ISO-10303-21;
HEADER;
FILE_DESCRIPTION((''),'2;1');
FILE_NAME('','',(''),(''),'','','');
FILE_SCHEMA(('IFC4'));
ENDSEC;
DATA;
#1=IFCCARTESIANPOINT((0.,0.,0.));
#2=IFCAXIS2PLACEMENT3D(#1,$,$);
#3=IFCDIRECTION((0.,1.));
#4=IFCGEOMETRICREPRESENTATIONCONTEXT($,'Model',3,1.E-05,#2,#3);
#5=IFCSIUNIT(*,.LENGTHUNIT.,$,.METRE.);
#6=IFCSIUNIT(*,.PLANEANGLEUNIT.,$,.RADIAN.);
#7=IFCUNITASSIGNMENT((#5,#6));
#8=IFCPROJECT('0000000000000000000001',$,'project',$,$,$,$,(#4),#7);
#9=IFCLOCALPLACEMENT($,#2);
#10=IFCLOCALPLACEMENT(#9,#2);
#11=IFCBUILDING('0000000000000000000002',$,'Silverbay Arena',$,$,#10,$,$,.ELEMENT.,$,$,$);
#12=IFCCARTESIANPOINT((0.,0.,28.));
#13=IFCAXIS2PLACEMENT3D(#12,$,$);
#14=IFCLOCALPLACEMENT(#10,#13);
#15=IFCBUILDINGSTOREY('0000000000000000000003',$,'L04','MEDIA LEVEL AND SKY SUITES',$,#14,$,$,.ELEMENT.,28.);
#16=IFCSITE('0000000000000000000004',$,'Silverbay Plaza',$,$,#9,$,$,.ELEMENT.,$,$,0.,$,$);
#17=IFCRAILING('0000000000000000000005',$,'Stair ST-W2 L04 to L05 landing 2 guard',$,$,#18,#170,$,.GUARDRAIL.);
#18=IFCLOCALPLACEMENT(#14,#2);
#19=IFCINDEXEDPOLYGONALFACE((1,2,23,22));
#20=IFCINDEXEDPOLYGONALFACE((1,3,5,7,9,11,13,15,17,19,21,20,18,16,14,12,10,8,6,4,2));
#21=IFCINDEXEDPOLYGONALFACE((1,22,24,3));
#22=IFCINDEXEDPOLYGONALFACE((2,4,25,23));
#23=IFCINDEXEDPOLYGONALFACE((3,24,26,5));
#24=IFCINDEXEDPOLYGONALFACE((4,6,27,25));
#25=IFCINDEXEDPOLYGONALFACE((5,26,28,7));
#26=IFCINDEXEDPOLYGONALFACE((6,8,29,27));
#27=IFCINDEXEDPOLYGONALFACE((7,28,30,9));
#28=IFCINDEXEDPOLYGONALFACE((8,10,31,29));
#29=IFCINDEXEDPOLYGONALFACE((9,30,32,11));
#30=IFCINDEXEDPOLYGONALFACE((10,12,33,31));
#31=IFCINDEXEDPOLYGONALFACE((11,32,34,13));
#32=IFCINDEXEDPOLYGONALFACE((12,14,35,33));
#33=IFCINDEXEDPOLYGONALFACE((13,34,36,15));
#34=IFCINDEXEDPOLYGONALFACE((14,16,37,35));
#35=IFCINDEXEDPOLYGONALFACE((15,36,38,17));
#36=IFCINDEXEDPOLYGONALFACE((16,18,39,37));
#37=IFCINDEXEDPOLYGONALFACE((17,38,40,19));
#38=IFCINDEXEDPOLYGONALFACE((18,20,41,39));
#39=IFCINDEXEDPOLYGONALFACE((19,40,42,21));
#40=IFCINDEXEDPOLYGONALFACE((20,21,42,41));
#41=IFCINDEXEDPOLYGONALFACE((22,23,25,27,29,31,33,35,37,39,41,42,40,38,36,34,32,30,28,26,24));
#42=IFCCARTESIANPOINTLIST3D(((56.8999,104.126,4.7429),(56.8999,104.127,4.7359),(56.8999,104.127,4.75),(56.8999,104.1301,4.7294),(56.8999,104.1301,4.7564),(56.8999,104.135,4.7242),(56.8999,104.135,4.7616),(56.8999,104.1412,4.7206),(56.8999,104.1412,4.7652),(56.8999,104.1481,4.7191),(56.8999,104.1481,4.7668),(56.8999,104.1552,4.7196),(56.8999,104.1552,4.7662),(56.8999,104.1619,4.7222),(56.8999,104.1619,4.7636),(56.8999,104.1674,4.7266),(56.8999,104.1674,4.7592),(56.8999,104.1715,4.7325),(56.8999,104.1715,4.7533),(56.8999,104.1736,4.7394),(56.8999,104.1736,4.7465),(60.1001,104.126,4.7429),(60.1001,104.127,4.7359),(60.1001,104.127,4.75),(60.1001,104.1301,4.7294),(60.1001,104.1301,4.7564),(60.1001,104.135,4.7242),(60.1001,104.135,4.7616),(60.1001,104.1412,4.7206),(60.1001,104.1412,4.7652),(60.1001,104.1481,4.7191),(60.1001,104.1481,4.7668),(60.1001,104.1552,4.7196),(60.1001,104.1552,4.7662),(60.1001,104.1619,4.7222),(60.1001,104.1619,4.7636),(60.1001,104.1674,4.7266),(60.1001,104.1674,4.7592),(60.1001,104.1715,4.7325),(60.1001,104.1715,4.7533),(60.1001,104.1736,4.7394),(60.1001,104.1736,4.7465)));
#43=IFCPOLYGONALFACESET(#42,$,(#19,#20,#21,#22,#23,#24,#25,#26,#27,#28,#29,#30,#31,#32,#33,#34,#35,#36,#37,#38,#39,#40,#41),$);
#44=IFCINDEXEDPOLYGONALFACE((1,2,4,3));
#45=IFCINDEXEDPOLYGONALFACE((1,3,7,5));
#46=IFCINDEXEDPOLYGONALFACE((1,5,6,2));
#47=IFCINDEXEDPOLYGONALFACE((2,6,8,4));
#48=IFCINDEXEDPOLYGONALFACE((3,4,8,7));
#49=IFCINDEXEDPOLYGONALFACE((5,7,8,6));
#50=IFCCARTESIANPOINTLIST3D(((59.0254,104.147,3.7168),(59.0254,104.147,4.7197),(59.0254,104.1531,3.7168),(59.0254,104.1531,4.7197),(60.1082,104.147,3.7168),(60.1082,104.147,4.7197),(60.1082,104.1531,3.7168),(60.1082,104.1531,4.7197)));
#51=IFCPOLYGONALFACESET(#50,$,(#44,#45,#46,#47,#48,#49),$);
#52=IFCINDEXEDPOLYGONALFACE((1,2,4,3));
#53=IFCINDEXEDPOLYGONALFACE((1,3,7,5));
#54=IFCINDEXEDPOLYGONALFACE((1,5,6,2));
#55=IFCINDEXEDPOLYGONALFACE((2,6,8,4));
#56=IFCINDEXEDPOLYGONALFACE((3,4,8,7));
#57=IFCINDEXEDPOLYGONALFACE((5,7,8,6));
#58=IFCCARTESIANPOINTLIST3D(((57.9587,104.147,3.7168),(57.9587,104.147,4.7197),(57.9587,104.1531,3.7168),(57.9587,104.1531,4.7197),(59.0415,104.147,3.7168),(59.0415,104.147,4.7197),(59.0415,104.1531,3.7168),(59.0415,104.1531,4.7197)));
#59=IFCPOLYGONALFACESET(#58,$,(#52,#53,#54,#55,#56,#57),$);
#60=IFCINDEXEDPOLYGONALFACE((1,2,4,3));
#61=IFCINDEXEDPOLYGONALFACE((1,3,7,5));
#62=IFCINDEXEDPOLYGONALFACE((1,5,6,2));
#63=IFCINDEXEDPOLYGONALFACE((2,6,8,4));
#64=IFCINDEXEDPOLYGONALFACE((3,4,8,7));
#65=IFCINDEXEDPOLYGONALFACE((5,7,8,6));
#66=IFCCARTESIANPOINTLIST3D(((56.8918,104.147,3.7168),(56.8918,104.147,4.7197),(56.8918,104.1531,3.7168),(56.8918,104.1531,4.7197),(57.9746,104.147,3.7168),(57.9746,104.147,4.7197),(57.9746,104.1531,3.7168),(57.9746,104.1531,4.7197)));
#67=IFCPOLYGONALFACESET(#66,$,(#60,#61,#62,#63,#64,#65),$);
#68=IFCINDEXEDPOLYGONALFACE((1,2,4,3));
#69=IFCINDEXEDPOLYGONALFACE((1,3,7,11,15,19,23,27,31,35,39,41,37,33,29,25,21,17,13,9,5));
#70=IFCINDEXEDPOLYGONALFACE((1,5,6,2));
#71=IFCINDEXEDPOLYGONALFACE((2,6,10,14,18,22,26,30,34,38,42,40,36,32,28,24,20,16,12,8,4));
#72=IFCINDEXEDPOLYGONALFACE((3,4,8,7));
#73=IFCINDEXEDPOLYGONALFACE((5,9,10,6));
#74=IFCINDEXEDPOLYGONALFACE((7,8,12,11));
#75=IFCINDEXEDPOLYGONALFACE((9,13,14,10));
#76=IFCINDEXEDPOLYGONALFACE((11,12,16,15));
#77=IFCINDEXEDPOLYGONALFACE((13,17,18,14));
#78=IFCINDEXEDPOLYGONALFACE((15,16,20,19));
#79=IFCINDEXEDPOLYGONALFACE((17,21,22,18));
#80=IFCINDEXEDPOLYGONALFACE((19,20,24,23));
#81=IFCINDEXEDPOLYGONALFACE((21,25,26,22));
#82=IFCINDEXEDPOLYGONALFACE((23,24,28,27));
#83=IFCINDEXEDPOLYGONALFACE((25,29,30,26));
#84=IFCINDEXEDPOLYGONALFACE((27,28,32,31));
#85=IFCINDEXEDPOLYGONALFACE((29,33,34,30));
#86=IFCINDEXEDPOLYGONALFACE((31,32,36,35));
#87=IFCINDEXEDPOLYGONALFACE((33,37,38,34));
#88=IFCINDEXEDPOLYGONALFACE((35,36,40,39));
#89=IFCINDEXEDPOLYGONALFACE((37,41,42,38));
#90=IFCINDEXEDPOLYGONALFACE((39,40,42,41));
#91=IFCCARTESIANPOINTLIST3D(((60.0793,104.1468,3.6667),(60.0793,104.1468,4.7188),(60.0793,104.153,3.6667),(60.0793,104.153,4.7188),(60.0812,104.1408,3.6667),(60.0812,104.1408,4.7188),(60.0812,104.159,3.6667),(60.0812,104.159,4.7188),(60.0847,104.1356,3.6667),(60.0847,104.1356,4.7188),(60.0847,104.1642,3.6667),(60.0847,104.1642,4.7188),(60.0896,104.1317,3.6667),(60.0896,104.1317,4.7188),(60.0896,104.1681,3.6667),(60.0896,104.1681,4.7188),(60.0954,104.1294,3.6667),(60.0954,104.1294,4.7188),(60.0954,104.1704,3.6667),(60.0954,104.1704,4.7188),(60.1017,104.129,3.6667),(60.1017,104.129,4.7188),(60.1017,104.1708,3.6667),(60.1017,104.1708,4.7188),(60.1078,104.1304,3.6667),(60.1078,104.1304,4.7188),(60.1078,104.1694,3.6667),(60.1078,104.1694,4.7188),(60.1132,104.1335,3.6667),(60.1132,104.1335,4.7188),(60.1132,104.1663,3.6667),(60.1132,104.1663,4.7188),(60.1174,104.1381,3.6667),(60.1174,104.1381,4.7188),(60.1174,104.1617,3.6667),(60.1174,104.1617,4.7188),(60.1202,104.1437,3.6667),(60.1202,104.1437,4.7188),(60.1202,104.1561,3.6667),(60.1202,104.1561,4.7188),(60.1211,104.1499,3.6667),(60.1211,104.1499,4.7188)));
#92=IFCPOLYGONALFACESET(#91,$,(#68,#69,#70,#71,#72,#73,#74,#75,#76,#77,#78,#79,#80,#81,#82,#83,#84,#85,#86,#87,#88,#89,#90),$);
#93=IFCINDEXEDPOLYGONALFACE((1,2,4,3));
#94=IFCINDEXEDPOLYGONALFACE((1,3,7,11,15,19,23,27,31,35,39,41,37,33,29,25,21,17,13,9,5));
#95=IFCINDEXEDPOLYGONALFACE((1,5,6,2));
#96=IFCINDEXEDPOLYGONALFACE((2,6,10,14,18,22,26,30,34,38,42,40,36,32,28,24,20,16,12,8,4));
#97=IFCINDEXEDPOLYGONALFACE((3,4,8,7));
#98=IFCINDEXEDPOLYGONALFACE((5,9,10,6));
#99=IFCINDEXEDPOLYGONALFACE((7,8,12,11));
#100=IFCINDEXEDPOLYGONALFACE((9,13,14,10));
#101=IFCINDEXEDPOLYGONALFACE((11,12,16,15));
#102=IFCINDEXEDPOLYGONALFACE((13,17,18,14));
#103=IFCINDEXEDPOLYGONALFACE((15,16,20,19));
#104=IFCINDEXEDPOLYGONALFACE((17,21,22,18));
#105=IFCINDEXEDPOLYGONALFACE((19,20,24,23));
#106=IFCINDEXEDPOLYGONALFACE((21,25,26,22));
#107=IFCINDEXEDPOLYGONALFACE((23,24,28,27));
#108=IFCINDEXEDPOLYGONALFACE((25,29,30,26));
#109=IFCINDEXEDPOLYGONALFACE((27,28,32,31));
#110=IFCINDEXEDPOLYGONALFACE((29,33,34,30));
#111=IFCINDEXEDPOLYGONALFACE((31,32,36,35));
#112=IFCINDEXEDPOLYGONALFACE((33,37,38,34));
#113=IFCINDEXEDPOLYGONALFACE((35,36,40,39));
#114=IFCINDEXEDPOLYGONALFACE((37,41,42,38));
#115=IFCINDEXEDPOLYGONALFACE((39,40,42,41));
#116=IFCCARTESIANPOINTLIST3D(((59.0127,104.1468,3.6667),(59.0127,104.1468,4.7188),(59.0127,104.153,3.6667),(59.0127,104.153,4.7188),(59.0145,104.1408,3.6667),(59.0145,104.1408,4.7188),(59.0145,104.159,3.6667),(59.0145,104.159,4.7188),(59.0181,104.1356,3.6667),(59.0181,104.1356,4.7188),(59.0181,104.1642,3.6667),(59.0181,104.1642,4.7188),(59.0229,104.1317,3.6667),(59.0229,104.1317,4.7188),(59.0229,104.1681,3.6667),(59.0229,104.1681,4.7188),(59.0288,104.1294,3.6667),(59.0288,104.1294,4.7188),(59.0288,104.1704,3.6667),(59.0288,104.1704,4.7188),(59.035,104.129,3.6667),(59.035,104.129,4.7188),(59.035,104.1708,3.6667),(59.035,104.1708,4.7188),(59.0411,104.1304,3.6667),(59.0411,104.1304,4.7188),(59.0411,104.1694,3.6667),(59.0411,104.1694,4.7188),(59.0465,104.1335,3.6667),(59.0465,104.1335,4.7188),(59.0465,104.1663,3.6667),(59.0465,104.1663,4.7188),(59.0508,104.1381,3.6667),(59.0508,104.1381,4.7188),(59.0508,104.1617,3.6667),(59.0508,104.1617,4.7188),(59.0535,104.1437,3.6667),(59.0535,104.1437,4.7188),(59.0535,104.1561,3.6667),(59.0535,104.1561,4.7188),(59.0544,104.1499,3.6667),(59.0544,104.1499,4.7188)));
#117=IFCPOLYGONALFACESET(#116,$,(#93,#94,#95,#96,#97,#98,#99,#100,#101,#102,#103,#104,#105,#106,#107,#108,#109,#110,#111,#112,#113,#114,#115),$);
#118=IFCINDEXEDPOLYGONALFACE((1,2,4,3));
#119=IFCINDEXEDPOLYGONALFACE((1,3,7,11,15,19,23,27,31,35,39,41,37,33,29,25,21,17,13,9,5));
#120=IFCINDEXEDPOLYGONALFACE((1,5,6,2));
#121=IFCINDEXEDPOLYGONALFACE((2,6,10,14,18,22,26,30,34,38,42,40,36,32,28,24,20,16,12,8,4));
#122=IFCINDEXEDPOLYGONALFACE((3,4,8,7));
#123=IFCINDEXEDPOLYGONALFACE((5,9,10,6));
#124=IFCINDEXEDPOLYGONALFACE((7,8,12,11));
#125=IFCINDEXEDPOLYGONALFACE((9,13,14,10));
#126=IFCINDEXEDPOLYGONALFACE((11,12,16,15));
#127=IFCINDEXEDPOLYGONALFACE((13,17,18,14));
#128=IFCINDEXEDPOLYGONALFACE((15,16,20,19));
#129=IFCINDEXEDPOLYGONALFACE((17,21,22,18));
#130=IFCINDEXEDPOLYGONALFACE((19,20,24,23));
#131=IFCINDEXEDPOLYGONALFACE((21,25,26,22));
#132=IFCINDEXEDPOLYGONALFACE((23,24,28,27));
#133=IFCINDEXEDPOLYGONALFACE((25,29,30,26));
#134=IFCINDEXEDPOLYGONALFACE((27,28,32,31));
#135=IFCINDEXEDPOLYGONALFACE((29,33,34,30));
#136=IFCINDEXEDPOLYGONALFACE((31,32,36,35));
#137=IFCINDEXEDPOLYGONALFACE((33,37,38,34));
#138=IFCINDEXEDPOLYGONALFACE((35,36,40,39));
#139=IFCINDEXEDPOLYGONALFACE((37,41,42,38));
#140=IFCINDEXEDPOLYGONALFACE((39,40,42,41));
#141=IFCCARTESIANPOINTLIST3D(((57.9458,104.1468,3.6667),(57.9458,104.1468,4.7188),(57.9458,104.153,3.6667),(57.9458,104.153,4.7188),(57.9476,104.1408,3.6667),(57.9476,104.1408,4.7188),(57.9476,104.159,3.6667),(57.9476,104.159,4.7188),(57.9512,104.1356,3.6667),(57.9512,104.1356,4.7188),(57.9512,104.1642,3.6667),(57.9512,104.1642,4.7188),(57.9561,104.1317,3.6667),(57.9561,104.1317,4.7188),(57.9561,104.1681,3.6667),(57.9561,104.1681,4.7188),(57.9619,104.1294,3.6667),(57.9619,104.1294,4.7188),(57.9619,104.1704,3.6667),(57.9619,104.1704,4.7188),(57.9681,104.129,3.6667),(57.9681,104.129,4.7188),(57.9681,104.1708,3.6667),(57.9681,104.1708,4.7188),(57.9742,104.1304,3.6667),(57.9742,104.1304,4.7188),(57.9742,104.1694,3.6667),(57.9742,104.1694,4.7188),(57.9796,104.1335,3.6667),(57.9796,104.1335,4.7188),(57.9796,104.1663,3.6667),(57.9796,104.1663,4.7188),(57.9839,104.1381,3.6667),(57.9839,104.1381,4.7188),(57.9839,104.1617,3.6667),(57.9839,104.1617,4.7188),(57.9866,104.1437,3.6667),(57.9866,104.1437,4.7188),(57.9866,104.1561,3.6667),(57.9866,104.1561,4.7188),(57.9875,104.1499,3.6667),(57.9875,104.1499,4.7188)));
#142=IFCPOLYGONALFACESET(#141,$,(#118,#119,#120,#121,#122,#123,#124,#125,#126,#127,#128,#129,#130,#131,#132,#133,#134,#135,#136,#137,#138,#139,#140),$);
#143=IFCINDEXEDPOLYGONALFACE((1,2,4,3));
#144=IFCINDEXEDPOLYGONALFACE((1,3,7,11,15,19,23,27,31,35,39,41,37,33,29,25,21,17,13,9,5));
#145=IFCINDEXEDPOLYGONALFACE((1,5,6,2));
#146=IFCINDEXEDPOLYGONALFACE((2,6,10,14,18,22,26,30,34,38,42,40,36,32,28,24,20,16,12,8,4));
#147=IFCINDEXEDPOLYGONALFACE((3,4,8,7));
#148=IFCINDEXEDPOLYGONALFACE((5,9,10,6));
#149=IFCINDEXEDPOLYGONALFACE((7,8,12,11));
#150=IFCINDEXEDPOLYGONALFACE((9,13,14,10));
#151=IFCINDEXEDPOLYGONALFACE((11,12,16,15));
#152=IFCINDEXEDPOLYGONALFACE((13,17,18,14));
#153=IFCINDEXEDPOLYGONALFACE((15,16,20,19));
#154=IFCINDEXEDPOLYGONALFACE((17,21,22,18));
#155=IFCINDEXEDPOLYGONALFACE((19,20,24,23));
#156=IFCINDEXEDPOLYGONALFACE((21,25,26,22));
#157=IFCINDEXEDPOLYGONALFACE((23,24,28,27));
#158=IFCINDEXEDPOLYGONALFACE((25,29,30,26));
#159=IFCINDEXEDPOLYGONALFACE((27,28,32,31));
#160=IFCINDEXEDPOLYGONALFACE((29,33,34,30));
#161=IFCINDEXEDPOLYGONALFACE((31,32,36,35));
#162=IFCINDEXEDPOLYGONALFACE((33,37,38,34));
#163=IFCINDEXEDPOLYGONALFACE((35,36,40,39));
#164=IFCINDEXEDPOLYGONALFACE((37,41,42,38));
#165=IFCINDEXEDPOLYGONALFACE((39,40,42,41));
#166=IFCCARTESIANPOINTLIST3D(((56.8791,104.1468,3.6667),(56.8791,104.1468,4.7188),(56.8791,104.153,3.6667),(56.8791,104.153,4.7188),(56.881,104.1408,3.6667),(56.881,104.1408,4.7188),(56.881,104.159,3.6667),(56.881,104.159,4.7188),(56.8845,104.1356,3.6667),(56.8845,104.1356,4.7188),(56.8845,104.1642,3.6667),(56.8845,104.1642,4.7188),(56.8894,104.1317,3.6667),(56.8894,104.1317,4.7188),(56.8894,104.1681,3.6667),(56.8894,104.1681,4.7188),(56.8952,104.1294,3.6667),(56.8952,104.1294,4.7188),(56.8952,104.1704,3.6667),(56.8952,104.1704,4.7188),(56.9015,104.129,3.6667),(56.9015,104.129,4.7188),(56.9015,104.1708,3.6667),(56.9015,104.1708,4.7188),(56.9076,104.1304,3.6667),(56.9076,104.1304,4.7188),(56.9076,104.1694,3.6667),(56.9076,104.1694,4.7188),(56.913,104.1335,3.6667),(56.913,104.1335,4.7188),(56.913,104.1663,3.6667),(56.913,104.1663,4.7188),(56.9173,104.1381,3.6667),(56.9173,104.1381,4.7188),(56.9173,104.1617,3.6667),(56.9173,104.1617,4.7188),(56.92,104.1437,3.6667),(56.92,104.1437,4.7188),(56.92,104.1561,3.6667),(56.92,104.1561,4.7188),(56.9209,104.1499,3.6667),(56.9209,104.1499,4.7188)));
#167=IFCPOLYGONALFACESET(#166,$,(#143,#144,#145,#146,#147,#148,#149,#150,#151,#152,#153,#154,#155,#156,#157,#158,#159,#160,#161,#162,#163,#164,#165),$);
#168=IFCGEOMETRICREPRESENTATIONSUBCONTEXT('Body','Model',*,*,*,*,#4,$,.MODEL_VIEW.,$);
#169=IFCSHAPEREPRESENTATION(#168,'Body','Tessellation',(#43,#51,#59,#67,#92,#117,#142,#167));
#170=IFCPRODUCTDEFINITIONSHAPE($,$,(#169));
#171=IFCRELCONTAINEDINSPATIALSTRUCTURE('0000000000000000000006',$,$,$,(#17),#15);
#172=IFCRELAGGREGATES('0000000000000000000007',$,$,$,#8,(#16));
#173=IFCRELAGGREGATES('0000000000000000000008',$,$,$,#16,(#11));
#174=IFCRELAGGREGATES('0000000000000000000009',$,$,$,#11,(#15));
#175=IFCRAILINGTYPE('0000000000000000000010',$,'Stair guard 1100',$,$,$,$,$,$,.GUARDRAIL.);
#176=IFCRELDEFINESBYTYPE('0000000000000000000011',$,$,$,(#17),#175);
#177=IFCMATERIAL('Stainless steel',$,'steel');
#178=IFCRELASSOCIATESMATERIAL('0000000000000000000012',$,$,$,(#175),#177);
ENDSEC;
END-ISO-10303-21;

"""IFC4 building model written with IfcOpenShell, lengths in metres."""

from ifc_helpers import new_model, si_unit, direction, frame, origin, origin_2d, place, context, subcontext, project, spatial, polyline, circle, outline, extrude, material, type_object, element, save


model = new_model("IFC4")

# Units and contexts
model_context = context("Model", 3, precision=1e-05, world=origin(), true_north=direction((0.0, 1.0)))
body_context = subcontext(model_context, "Body", "Model", "MODEL_VIEW")
ifc_project = project(units=[si_unit("LENGTHUNIT", "METRE"), si_unit("PLANEANGLEUNIT", "RADIAN")], contexts=[model_context])

# Site, building, storey
site_placement = place(None, origin())
site = spatial("IfcSite", under=ifc_project, at=site_placement, Name="Silverbay Plaza", CompositionType="ELEMENT", RefElevation=0.0)
building_placement = place(site_placement, origin())
building = spatial("IfcBuilding", under=site, at=building_placement, Name="Silverbay Arena", CompositionType="ELEMENT")
storey_placement = place(building_placement, frame((0.0, 0.0, 28.0)))
storey = spatial("IfcBuildingStorey", under=building, at=storey_placement, Name="L04", Description="MEDIA LEVEL AND SKY SUITES", CompositionType="ELEMENT", Elevation=28.0)

# Railing
ifc_material_1 = material(Name="Stainless steel", Category="steel")
railing_type_1 = type_object("IfcRailingType", Name="Stair guard 1100", PredefinedType="GUARDRAIL", material=ifc_material_1)
for number, where, name in (
    (1, (60.1001, 104.1499, 3.6667), "Stair ST-W2 L04 to L05 landing 2 guard"),
):
    element("IfcRailing", number, at=place(storey_placement, frame(where)), inside=storey, type_object=railing_type_1, Name=name, PredefinedType="GUARDRAIL", context=body_context, shape_type="SweptSolid", body=[
        extrude(circle(Radius=0.0239, at=origin_2d()), frame((0.0, 0.0, 1.0762), z_axis=(-1.0, 0.0, 0.0), x_axis=(0.0, -1.0, 0.0)), (0.0, 0.0, 1.0), 3.2002),
        extrude(outline(polyline([(-0.0081, 0.05), (1.0747, 0.05), (1.0747, 1.053), (-0.0081, 1.053), (-0.0081, 0.05)])), frame((0.0, -0.0029, 0.0), z_axis=(0.0, 1.0, 0.0), x_axis=(-1.0, 0.0, 0.0)), (0.0, 0.0, 1.0), 0.0061),
        extrude(outline(polyline([(-0.0081, 0.05), (1.0747, 0.05), (1.0747, 1.053), (-0.0081, 1.053), (-0.0081, 0.05)])), frame((-1.0667, -0.0029, 0.0), z_axis=(0.0, 1.0, 0.0), x_axis=(-1.0, 0.0, 0.0)), (0.0, 0.0, 1.0), 0.0061),
        extrude(outline(polyline([(-0.0081, 0.05), (1.0747, 0.05), (1.0747, 1.053), (-0.0081, 1.053), (-0.0081, 0.05)])), frame((-2.1335, -0.0029, 0.0), z_axis=(0.0, 1.0, 0.0), x_axis=(-1.0, 0.0, 0.0)), (0.0, 0.0, 1.0), 0.0061),
        extrude(circle(Radius=0.021, at=origin_2d()), origin(), (0.0, 0.0, 1.0), 1.052),
        extrude(circle(Radius=0.021, at=origin_2d()), frame((-1.0667, 0.0, 0.0)), (0.0, 0.0, 1.0), 1.052),
        extrude(circle(Radius=0.021, at=origin_2d()), frame((-2.1335, 0.0, 0.0)), (0.0, 0.0, 1.0), 1.052),
        extrude(circle(Radius=0.021, at=origin_2d()), frame((-3.2002, 0.0, 0.0)), (0.0, 0.0, 1.0), 1.052),
    ])

save(model, "model.ifc")
